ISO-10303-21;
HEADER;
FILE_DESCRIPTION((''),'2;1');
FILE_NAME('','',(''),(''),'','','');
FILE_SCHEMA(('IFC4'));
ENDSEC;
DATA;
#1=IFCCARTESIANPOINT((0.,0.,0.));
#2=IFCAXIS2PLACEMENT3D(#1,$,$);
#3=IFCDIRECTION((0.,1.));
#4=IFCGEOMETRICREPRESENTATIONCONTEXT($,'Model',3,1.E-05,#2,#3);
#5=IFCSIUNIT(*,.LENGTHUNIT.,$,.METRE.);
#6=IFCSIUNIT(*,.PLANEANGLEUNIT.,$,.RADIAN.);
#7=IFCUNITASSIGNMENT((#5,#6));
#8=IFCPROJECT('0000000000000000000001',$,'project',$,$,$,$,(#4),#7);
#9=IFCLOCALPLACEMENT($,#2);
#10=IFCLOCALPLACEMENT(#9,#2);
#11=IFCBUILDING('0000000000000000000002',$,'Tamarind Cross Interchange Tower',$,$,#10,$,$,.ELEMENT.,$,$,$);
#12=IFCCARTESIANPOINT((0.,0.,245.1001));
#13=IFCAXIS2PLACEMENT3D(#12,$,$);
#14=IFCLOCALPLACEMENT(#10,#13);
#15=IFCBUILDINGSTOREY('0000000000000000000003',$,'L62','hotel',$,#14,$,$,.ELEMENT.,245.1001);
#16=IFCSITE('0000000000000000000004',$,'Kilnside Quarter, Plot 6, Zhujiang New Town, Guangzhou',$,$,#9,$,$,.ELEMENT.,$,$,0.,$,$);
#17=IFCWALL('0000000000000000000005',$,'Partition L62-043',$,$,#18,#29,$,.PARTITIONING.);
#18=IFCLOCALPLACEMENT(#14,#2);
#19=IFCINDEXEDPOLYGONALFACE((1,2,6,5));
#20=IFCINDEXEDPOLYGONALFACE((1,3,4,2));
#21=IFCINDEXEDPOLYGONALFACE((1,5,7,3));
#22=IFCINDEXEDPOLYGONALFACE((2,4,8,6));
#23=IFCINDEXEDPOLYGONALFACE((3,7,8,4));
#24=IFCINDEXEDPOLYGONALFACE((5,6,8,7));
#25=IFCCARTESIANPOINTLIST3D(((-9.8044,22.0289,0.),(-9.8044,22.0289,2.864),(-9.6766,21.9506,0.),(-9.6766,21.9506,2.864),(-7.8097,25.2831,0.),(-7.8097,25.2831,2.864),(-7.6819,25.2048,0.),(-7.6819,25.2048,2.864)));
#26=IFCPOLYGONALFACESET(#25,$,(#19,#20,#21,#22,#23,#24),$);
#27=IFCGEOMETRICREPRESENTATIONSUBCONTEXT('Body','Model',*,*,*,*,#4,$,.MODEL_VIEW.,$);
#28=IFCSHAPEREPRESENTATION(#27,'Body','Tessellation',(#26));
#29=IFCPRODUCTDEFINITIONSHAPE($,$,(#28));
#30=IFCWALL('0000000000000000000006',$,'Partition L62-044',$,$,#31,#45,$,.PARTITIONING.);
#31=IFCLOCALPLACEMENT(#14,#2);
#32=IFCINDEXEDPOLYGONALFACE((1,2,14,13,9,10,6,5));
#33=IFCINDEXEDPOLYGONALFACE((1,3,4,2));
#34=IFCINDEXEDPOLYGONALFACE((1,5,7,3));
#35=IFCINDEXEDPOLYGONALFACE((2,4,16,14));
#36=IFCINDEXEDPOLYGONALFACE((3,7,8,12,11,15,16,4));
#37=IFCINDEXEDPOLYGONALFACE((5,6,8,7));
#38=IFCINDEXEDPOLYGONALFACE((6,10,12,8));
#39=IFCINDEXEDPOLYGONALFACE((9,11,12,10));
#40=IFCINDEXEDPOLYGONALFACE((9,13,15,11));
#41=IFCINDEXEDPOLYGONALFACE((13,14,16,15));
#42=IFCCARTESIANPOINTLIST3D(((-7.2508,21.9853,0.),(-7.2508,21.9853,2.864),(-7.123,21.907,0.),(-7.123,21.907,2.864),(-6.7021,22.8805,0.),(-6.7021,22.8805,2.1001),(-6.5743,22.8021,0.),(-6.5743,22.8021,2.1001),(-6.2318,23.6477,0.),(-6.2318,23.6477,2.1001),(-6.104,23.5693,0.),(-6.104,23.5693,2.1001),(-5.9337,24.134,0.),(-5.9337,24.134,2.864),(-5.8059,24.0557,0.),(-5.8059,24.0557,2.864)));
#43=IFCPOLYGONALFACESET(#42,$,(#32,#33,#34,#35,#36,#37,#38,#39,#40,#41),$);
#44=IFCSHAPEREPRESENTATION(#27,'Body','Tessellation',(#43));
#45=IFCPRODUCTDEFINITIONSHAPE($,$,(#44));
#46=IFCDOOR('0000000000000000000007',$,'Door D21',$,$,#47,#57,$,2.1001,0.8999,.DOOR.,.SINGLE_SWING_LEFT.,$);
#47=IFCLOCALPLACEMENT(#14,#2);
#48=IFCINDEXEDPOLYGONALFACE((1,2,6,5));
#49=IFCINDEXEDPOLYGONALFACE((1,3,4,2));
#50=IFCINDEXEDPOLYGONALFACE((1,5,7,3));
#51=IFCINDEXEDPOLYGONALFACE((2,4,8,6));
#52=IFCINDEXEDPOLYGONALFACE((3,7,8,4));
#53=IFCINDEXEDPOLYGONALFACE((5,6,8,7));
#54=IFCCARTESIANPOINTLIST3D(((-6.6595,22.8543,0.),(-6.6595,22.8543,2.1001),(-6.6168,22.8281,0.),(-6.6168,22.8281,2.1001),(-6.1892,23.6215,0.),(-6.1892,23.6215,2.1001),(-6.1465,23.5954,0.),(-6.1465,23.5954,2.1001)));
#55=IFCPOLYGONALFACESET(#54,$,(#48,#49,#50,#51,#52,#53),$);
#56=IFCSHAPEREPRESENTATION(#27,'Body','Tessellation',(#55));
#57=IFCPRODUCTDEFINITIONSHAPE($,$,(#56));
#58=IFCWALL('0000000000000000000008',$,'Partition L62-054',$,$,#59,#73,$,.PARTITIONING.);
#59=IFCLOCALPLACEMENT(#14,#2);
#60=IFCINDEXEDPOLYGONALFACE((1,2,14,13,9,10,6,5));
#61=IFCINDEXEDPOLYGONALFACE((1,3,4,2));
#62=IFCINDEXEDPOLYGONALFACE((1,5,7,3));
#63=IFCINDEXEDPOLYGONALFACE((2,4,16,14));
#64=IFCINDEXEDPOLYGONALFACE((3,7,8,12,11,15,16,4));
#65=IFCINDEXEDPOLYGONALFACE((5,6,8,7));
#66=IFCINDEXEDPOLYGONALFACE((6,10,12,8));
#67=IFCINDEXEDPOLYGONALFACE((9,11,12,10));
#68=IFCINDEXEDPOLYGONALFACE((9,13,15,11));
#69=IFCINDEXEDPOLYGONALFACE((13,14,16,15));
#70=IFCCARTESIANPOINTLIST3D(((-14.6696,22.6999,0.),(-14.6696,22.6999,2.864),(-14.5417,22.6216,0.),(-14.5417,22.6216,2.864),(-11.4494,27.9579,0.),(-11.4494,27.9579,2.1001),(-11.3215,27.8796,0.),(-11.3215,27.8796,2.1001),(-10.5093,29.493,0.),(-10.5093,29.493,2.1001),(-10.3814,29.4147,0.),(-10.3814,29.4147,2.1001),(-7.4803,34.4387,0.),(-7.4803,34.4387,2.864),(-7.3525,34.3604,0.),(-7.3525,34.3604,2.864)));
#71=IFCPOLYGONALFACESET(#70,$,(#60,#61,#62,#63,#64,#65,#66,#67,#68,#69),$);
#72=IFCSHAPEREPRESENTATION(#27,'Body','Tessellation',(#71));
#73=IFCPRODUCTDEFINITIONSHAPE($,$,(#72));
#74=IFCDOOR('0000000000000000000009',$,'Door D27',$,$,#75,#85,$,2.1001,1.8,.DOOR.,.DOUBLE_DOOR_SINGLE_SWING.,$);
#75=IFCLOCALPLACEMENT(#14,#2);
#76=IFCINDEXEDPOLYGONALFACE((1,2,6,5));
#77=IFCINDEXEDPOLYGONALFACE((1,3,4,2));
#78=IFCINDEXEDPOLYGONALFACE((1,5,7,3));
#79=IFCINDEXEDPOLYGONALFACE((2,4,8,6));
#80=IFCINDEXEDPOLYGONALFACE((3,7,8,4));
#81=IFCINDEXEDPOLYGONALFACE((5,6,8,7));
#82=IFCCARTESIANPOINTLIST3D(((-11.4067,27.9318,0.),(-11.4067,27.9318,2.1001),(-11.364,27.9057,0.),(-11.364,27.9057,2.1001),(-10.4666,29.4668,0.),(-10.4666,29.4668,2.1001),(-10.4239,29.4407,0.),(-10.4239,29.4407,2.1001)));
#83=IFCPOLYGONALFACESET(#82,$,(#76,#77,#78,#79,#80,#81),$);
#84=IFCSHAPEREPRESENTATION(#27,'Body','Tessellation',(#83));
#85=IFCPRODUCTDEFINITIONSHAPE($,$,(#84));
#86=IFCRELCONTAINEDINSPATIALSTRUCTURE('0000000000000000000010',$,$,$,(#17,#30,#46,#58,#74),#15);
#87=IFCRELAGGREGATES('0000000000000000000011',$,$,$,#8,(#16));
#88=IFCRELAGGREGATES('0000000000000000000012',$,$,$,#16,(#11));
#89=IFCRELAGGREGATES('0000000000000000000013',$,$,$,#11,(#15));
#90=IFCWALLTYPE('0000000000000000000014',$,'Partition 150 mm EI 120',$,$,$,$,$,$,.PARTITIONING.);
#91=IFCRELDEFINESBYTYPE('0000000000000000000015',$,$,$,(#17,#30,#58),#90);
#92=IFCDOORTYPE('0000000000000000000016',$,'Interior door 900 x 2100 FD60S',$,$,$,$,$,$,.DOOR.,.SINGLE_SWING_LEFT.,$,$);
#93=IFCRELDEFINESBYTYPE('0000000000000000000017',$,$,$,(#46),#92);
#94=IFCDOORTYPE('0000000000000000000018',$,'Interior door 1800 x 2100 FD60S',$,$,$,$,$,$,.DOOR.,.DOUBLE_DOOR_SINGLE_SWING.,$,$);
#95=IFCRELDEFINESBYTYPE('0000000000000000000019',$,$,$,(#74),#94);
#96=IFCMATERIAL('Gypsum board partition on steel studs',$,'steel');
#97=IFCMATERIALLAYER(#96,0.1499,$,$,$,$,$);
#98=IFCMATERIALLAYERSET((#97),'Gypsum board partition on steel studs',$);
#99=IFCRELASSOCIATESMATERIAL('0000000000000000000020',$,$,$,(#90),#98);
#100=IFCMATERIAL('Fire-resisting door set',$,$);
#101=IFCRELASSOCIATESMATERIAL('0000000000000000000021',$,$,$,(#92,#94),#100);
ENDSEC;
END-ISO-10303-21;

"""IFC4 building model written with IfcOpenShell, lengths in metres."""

from ifc_helpers import new_model, si_unit, direction, frame, frame_2d, origin, place, context, subcontext, project, spatial, rectangle, extrude, material, layer, layer_set, type_object, element, fill, save


model = new_model("IFC4")

# Units and contexts
model_context = context("Model", 3, precision=1e-05, world=origin(), true_north=direction((0.0, 1.0)))
body_context = subcontext(model_context, "Body", "Model", "MODEL_VIEW")
ifc_project = project(units=[si_unit("LENGTHUNIT", "METRE"), si_unit("PLANEANGLEUNIT", "RADIAN")], contexts=[model_context])

# Site, building, storey
site_placement = place(None, origin())
site = spatial("IfcSite", under=ifc_project, at=site_placement, Name="Kilnside Quarter, Plot 6, Zhujiang New Town, Guangzhou", CompositionType="ELEMENT", RefElevation=0.0)
building_placement = place(site_placement, origin())
building = spatial("IfcBuilding", under=site, at=building_placement, Name="Tamarind Cross Interchange Tower", CompositionType="ELEMENT")
storey_placement = place(building_placement, frame((0.0, 0.0, 245.1001)))
storey = spatial("IfcBuildingStorey", under=building, at=storey_placement, Name="L62", Description="hotel", CompositionType="ELEMENT", Elevation=245.1001)

# Shared definitions
ifc_material_1 = material(Name="Gypsum board partition on steel studs", Category="steel")
ifc_layer_1 = layer(ifc_material_1, 0.1499)
ifc_layer_set_1 = layer_set([ifc_layer_1], Name="Gypsum board partition on steel studs")
wall_type = type_object("IfcWallType", Name="Partition 150 mm EI 120", PredefinedType="PARTITIONING", material=ifc_layer_set_1)

# Shared definitions
ifc_material_2 = material(Name="Fire-resisting door set")
door_type_1 = type_object("IfcDoorType", Name="Interior door 900 x 2100 FD60S", OperationType="SINGLE_SWING_LEFT", PredefinedType="DOOR", material=ifc_material_2)

# Wall
wall_1_placement = place(storey_placement, frame((-9.7405, 21.9897, 0.0), z_axis=(0.0, 0.0, 1.0), x_axis=(0.522591, 0.852584, 0.0)))
element("IfcWall", 1, at=wall_1_placement, inside=storey, type_object=wall_type, Name="Partition L62-043", PredefinedType="PARTITIONING", context=body_context, shape_type="SweptSolid", body=[
    extrude(rectangle(XDim=3.8169, YDim=0.1499, at=frame_2d((1.9084, 0.0))), origin(), (0.0, 0.0, 1.0), 2.864),
])

# Walls, openings, doors
wall_2_placement = place(storey_placement, frame((-7.187, 21.946, 0.0), z_axis=(0.0, 0.0, 1.0), x_axis=(0.522621, 0.852565, 0.0)))
wall_2 = element("IfcWall", 2, at=wall_2_placement, inside=storey, type_object=wall_type, Name="Partition L62-044", PredefinedType="PARTITIONING", context=body_context, shape_type="SweptSolid", body=[
    extrude(rectangle(XDim=2.5203, YDim=0.1499, at=frame_2d((1.2603, 0.0))), origin(), (0.0, 0.0, 1.0), 2.864),
])
opening_1_placement = place(wall_2_placement, frame((1.05, 0.0, 0.0)))
opening_1 = element("IfcOpeningElement", 3, at=opening_1_placement, cuts=wall_2, PredefinedType="OPENING", context=body_context, shape_type="SweptSolid", body=[
    extrude(rectangle(XDim=0.8999, YDim=2.1001, at=frame_2d((0.45, 1.05))), frame((0.0, 0.085, 0.0), z_axis=(0.0, -1.0, 0.0), x_axis=(1.0, 0.0, 0.0)), (0.0, 0.0, 1.0), 0.1699),
])
door_1_placement = place(opening_1_placement, origin())
door_1 = element("IfcDoor", 4, at=door_1_placement, inside=storey, type_object=door_type_1, Name="Door D21", OperationType="SINGLE_SWING_LEFT", OverallHeight=2.1001, OverallWidth=0.8999, PredefinedType="DOOR", context=body_context, shape_type="SweptSolid", body=[
    extrude(rectangle(XDim=0.8999, YDim=2.1001, at=frame_2d((0.45, 1.05))), frame((0.0, 0.0249, 0.0), z_axis=(0.0, -1.0, 0.0), x_axis=(1.0, 0.0, 0.0)), (0.0, 0.0, 1.0), 0.05),
])
fill(opening_1, door_1)
wall_3_placement = place(storey_placement, frame((-14.6057, 22.6606, 0.0), z_axis=(0.0, 0.0, 1.0), x_axis=(0.52227, 0.85278, 0.0)))
wall_3 = element("IfcWall", 5, at=wall_3_placement, inside=storey, type_object=wall_type, Name="Partition L62-054", PredefinedType="PARTITIONING", context=body_context, shape_type="SweptSolid", body=[
    extrude(rectangle(XDim=13.7654, YDim=0.1499, at=frame_2d((6.8828, 0.0))), origin(), (0.0, 0.0, 1.0), 2.864),
])
opening_2_placement = place(wall_3_placement, frame((6.166, 0.0, 0.0)))
opening_2 = element("IfcOpeningElement", 6, at=opening_2_placement, cuts=wall_3, PredefinedType="OPENING", context=body_context, shape_type="SweptSolid", body=[
    extrude(rectangle(XDim=1.8, YDim=2.1001, at=frame_2d((0.8999, 1.05))), frame((0.0, 0.085, 0.0), z_axis=(0.0, -1.0, 0.0), x_axis=(1.0, 0.0, 0.0)), (0.0, 0.0, 1.0), 0.1699),
])
door_type_2 = type_object("IfcDoorType", Name="Interior door 1800 x 2100 FD60S", OperationType="DOUBLE_DOOR_SINGLE_SWING", PredefinedType="DOOR", material=ifc_material_2)
door_2_placement = place(opening_2_placement, origin())
door_2 = element("IfcDoor", 7, at=door_2_placement, inside=storey, type_object=door_type_2, Name="Door D27", OperationType="DOUBLE_DOOR_SINGLE_SWING", OverallHeight=2.1001, OverallWidth=1.8, PredefinedType="DOOR", context=body_context, shape_type="SweptSolid", body=[
    extrude(rectangle(XDim=1.8, YDim=2.1001, at=frame_2d((0.8999, 1.05))), frame((0.0, 0.0249, 0.0), z_axis=(0.0, -1.0, 0.0), x_axis=(1.0, 0.0, 0.0)), (0.0, 0.0, 1.0), 0.05),
])
fill(opening_2, door_2)

save(model, "model.ifc")
